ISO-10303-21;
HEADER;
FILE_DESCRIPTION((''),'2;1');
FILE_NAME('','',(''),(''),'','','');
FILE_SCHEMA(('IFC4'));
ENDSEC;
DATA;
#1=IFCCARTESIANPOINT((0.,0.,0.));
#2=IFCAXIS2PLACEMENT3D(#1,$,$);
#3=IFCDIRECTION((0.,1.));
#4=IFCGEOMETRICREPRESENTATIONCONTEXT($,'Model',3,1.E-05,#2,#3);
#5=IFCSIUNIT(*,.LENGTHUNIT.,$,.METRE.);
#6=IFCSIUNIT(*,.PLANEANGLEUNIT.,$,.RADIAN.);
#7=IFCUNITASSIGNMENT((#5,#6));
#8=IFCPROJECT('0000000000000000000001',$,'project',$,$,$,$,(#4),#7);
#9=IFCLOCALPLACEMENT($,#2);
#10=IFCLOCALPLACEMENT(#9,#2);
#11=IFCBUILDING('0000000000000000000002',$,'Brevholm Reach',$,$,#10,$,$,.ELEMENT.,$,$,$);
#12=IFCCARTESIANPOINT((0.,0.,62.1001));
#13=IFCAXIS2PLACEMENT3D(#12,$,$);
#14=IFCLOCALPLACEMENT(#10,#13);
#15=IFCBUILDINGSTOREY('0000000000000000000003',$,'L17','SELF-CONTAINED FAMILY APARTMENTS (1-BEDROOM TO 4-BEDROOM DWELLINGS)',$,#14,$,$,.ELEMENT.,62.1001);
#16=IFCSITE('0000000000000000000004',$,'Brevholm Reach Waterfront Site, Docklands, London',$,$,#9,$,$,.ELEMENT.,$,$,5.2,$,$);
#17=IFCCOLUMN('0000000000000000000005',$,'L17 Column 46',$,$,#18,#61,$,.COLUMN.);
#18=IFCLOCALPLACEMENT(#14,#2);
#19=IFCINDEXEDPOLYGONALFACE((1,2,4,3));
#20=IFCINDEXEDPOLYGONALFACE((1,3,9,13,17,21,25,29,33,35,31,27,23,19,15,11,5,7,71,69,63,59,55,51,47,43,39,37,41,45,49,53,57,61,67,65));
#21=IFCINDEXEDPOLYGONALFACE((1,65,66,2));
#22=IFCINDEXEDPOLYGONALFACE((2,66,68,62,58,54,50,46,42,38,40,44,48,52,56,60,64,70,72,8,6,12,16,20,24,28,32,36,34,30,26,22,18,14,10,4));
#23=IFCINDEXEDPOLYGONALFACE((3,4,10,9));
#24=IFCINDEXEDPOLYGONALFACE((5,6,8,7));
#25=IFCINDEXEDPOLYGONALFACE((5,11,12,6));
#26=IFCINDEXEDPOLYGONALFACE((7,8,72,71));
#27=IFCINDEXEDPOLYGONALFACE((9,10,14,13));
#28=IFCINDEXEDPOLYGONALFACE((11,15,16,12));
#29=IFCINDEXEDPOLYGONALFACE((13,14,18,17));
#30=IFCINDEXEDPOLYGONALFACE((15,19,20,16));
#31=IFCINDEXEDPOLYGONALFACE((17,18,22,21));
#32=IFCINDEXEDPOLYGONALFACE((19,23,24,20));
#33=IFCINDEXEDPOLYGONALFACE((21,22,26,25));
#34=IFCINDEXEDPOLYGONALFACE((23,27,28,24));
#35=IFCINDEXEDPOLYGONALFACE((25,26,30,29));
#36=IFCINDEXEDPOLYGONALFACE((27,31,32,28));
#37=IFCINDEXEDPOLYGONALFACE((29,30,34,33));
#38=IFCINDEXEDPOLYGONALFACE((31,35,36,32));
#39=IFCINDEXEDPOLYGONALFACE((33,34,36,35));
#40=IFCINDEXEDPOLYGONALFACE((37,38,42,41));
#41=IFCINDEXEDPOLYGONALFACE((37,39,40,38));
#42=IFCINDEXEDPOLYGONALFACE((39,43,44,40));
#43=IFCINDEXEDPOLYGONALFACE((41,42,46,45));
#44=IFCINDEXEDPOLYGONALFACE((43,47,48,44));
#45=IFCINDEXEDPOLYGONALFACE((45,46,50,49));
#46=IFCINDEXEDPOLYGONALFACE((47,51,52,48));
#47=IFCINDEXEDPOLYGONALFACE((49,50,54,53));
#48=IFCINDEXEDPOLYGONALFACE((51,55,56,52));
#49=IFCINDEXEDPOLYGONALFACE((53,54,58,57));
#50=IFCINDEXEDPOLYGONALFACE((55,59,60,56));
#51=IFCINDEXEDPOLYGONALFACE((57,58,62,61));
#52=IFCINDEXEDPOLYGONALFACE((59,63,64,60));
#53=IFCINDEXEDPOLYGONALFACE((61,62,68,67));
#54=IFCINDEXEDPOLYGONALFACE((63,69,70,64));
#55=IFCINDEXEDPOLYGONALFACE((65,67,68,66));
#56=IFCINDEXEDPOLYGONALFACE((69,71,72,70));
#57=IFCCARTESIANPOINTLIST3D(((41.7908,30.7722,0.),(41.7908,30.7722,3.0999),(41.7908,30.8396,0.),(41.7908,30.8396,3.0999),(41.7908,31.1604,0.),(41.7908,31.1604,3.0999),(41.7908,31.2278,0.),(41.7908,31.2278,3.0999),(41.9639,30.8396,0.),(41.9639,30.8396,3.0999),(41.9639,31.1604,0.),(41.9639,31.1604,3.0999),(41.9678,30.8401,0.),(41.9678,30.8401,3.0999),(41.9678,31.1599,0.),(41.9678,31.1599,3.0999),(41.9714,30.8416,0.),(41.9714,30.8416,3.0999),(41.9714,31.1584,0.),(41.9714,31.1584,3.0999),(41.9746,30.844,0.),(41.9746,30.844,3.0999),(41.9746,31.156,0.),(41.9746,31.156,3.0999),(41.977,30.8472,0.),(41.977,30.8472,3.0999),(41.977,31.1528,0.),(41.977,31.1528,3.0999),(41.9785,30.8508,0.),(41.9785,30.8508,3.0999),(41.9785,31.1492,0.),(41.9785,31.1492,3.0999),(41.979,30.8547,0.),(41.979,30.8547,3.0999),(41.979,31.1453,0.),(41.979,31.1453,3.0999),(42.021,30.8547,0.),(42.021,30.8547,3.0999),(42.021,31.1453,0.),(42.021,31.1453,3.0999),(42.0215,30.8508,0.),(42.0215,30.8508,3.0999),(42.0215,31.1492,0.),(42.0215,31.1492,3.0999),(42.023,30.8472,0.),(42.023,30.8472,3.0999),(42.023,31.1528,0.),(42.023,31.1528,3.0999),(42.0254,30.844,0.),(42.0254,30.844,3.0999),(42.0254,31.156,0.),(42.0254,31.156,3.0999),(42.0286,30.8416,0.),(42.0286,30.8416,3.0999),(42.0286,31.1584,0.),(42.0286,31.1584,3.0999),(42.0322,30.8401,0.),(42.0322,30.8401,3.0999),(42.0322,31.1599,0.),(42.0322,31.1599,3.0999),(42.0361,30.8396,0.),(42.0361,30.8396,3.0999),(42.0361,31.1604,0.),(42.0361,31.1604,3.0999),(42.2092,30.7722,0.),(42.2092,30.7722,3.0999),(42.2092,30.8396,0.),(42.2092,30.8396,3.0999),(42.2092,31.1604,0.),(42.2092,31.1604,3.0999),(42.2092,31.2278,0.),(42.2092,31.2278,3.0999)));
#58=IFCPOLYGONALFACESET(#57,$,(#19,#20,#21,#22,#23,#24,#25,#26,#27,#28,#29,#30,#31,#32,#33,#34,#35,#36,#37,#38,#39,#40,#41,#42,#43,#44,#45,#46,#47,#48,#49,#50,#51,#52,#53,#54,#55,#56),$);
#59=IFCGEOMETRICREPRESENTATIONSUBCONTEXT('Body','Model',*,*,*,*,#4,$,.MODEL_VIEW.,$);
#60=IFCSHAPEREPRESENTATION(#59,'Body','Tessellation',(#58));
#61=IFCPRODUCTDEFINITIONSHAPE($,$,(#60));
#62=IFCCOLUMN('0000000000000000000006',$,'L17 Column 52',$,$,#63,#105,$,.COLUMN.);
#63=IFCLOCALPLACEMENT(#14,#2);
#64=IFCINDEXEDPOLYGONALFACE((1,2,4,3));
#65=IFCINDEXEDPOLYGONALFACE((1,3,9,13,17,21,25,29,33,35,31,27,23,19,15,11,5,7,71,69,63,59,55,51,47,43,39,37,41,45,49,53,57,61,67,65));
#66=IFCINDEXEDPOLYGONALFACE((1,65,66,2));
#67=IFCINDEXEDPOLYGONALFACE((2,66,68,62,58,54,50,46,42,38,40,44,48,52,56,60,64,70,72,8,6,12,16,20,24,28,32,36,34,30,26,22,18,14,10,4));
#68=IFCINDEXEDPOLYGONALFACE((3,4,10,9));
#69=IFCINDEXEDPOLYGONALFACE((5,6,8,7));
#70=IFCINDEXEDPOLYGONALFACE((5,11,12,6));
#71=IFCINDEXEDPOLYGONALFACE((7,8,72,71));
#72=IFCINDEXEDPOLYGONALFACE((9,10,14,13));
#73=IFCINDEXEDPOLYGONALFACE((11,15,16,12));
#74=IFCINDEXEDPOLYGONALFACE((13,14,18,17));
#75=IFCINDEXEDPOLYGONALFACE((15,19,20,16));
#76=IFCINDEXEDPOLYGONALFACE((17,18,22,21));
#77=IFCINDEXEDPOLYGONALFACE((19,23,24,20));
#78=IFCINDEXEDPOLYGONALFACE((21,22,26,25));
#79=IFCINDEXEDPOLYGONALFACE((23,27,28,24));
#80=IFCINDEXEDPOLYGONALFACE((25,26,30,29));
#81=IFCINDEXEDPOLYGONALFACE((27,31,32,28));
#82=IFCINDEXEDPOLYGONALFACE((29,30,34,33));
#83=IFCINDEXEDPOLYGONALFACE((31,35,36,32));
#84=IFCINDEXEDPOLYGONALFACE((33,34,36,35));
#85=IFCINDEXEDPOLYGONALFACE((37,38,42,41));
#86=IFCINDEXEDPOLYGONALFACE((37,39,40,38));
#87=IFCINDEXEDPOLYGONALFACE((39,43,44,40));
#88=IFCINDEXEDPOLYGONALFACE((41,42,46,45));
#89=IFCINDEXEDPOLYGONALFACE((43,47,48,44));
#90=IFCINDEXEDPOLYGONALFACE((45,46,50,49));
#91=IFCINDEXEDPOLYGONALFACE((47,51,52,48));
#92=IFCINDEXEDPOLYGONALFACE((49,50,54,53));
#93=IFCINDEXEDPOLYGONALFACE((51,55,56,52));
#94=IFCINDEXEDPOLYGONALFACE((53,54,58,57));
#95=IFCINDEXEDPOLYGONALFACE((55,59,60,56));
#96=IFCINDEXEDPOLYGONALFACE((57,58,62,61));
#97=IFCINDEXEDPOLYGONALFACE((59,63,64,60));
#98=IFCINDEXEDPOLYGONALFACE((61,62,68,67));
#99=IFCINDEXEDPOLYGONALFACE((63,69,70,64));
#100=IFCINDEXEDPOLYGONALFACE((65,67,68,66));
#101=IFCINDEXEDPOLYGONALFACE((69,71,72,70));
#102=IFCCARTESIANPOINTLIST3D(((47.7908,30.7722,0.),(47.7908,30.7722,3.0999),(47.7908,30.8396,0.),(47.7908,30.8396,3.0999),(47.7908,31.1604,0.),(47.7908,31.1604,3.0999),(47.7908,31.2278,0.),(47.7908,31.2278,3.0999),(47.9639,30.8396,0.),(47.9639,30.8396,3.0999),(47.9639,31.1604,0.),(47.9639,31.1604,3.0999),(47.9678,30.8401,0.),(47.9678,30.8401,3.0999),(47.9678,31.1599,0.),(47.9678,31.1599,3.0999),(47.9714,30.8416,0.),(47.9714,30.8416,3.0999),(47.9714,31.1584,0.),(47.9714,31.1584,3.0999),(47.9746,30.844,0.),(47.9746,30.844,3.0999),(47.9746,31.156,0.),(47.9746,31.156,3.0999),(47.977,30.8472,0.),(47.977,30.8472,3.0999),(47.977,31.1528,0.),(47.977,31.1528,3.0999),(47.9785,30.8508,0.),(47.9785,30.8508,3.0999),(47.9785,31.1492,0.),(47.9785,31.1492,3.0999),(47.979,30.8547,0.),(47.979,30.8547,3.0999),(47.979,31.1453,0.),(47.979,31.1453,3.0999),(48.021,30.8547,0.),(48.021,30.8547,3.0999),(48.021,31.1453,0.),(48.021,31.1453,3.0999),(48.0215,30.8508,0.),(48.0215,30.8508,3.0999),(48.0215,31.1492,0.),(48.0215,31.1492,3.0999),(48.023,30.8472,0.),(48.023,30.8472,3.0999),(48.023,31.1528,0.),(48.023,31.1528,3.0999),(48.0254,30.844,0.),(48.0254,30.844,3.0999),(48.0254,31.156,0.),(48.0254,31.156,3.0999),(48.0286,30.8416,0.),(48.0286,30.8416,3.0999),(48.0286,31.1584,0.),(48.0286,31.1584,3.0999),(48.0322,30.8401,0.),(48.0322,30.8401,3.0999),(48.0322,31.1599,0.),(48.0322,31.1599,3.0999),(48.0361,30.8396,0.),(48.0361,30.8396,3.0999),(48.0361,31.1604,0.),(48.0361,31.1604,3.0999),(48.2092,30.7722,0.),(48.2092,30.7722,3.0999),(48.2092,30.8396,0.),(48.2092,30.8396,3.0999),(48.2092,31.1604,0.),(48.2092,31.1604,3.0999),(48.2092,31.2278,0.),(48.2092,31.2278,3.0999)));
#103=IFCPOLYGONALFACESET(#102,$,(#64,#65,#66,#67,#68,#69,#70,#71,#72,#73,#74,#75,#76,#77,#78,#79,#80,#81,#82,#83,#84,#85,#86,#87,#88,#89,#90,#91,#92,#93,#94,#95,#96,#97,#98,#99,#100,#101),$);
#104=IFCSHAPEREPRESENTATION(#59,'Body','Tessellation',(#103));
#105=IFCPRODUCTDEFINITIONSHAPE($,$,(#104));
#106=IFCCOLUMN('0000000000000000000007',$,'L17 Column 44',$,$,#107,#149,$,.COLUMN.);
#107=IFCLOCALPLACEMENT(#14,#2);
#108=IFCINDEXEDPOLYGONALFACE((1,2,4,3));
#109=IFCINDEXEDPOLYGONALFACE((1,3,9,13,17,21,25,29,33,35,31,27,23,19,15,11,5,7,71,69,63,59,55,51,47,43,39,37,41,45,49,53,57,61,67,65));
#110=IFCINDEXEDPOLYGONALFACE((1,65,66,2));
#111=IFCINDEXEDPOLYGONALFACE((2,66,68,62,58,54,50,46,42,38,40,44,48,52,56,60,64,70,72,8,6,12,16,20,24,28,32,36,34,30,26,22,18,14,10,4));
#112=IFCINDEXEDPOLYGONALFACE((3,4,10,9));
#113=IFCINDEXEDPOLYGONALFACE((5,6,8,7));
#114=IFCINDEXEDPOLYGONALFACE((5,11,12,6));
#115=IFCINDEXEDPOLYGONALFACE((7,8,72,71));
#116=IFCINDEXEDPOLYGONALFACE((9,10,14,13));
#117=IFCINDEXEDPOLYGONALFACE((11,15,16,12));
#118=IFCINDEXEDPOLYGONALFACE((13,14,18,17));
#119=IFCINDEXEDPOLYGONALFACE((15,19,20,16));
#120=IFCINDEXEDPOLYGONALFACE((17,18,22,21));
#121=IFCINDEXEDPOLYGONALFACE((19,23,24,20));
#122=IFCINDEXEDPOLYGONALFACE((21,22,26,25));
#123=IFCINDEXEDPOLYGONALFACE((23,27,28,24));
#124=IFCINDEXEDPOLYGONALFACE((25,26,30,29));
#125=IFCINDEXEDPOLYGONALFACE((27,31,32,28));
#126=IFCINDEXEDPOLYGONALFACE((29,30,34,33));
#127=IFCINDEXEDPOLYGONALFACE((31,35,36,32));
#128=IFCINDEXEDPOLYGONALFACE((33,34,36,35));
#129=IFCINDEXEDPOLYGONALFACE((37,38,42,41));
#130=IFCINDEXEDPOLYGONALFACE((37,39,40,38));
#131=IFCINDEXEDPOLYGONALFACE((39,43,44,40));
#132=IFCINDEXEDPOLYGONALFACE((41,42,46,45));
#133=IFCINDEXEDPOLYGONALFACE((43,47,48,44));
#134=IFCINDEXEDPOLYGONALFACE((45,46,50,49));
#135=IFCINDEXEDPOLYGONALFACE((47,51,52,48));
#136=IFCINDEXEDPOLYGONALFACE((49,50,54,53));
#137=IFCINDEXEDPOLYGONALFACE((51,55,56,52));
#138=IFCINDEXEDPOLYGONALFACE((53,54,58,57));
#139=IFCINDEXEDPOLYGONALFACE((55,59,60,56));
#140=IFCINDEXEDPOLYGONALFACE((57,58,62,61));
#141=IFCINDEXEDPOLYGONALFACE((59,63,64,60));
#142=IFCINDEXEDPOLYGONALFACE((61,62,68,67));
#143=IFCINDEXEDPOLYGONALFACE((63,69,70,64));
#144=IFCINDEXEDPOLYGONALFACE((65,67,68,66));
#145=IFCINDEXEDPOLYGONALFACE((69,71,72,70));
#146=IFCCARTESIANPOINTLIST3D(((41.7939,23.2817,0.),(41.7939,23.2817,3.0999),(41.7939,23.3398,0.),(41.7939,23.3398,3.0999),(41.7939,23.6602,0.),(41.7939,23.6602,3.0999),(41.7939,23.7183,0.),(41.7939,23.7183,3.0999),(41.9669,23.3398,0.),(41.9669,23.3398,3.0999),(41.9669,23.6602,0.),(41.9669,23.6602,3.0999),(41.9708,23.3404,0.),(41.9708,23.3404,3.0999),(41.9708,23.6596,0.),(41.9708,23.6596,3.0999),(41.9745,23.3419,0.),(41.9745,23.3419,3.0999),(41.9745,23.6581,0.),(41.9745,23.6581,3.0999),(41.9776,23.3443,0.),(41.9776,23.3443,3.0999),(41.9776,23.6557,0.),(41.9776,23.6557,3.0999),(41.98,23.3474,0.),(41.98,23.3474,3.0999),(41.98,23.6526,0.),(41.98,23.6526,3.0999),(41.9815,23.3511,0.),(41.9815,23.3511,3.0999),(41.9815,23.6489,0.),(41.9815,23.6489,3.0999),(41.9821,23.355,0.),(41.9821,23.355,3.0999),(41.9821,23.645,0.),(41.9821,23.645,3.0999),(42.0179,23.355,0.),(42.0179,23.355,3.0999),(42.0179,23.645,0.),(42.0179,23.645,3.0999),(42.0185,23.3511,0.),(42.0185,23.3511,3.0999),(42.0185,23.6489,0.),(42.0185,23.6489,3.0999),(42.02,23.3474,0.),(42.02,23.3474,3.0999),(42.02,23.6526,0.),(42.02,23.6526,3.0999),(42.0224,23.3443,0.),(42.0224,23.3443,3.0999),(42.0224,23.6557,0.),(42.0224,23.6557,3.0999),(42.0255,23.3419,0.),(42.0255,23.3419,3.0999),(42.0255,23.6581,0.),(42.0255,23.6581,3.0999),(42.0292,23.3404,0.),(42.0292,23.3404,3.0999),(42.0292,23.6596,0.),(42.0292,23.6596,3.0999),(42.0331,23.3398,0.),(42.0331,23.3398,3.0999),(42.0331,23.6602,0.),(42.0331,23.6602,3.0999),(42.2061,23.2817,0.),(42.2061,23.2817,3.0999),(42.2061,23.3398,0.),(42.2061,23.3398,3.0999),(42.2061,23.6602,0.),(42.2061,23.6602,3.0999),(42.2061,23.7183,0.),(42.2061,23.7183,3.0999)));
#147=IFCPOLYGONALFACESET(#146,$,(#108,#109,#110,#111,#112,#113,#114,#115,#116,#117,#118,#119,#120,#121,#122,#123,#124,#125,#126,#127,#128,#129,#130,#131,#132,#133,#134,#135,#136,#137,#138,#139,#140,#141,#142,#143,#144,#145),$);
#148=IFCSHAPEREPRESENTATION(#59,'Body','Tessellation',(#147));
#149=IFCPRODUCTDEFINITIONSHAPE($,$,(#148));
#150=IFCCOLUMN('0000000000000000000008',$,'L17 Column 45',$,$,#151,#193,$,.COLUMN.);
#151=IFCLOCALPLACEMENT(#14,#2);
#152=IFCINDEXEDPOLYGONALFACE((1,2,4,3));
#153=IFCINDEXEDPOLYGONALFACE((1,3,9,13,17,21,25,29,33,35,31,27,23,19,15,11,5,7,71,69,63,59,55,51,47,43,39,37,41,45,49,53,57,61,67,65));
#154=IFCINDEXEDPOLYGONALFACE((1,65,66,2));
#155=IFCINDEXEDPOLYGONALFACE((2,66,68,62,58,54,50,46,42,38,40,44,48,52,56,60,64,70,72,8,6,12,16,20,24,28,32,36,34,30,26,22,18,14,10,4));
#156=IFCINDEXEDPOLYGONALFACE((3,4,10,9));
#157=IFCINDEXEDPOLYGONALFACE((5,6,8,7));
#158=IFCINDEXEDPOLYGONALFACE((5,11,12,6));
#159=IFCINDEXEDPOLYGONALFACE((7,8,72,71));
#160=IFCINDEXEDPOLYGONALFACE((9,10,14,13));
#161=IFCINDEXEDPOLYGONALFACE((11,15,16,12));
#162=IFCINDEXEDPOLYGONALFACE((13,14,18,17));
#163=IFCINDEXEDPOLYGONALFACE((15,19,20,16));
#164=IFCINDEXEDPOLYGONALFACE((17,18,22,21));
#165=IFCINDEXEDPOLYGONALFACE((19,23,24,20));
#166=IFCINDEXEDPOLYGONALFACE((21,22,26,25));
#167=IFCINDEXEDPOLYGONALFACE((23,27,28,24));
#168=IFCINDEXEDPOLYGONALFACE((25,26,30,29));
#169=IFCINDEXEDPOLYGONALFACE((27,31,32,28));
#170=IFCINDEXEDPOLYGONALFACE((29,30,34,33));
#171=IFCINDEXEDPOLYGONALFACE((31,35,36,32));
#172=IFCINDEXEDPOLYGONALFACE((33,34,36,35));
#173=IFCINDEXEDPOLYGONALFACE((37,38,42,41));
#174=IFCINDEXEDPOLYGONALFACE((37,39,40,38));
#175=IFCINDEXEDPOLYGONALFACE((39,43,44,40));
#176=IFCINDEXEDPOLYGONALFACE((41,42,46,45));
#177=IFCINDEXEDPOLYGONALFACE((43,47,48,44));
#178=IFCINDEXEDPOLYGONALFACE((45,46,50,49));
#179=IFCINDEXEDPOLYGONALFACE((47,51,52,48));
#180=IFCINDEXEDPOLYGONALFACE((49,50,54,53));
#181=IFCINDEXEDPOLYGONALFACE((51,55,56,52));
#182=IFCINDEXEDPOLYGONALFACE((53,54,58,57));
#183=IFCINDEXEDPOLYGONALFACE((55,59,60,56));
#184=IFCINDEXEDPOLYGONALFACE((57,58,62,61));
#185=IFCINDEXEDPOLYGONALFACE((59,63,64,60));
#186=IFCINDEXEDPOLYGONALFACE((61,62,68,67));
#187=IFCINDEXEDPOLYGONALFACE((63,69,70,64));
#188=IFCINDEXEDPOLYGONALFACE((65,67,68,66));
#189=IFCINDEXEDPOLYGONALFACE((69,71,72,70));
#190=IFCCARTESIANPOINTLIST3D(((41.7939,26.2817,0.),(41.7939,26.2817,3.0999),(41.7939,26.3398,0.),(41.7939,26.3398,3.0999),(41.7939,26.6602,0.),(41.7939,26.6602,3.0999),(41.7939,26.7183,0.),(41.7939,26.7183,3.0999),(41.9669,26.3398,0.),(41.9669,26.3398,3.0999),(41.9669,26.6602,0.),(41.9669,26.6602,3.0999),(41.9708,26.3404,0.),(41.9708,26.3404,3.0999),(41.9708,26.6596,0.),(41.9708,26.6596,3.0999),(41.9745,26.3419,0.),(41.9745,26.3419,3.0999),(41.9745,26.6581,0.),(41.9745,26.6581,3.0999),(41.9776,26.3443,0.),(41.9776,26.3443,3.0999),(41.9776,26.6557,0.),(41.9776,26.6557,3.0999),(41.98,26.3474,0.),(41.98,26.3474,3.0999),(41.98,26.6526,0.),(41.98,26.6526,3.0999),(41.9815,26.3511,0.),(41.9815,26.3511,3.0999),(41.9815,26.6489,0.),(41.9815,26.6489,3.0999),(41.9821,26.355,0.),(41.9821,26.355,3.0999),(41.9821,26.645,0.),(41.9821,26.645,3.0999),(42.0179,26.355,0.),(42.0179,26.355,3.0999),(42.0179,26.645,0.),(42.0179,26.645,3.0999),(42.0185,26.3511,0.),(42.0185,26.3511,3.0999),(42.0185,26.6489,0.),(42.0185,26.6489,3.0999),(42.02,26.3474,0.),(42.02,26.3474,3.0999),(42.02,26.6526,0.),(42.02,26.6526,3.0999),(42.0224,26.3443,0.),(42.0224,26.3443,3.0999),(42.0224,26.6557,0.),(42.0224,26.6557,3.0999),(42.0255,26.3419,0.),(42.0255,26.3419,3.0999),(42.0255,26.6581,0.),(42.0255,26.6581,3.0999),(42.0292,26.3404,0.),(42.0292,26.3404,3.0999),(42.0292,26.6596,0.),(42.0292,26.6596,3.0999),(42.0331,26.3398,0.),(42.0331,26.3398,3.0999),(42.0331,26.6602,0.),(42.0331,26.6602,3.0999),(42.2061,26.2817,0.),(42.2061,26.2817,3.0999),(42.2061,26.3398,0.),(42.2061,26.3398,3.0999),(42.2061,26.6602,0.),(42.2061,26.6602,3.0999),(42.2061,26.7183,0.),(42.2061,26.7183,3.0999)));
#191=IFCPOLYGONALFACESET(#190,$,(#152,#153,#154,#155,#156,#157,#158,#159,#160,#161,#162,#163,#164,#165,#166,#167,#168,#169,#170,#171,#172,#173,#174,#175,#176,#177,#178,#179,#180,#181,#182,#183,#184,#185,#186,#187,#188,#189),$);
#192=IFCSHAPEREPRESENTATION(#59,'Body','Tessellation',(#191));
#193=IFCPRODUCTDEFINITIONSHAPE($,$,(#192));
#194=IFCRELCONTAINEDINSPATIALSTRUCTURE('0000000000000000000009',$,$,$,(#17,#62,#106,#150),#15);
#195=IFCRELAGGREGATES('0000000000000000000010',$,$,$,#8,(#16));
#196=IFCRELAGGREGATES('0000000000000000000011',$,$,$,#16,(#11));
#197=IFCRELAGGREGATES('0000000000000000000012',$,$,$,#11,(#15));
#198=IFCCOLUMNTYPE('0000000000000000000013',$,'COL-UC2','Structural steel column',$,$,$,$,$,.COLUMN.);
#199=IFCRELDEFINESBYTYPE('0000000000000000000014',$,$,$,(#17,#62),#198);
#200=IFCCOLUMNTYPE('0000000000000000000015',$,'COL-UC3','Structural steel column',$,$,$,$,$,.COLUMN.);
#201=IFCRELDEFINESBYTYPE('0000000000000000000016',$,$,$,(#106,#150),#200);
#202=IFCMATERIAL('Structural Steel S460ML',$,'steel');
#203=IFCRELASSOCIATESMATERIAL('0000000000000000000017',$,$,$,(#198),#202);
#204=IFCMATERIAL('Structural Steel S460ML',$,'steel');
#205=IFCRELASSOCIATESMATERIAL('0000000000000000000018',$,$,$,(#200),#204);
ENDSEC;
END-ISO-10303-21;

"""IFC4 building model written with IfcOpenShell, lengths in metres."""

from ifc_helpers import new_model, si_unit, direction, frame, origin, origin_2d, place, context, subcontext, project, spatial, i_section, extrude, material, material_profile, profile_set, type_object, element, save


model = new_model("IFC4")

# Units and contexts
model_context = context("Model", 3, precision=1e-05, world=origin(), true_north=direction((0.0, 1.0)))
body_context = subcontext(model_context, "Body", "Model", "MODEL_VIEW")
ifc_project = project(units=[si_unit("LENGTHUNIT", "METRE"), si_unit("PLANEANGLEUNIT", "RADIAN")], contexts=[model_context])

# Site, building, storey
site_placement = place(None, origin())
site = spatial("IfcSite", under=ifc_project, at=site_placement, Name="Brevholm Reach Waterfront Site, Docklands, London", CompositionType="ELEMENT", RefElevation=5.2)
building_placement = place(site_placement, origin())
building = spatial("IfcBuilding", under=site, at=building_placement, Name="Brevholm Reach", CompositionType="ELEMENT")
storey_placement = place(building_placement, frame((0.0, 0.0, 62.1001)))
storey = spatial("IfcBuildingStorey", under=building, at=storey_placement, Name="L17", Description="SELF-CONTAINED FAMILY APARTMENTS (1-BEDROOM TO 4-BEDROOM DWELLINGS)", CompositionType="ELEMENT", Elevation=62.1001)

# Columns
ifc_material_1 = material(Name="Structural Steel S460ML", Category="steel")
ifc_material_profile_1 = material_profile(ifc_material_1, i_section(OverallWidth=0.4185, OverallDepth=0.4556, WebThickness=0.042, FlangeThickness=0.0674, FilletRadius=0.0151, at=origin_2d()), Name="UKC 356x406x551")
ifc_profile_set_1 = profile_set([ifc_material_profile_1], Name="Structural Steel S460ML")
column_type_1 = type_object("IfcColumnType", Name="COL-UC2", Description="Structural steel column", PredefinedType="COLUMN", material=ifc_profile_set_1)
for number, where, z_axis, x_axis, name in (
    (1, (42.0, 31.0, 0.0), (0.0, 0.0, 1.0), (1.0, 0.0, 0.0), "L17 Column 46"),
    (2, (48.0, 31.0, 0.0), (0.0, 0.0, 1.0), (1.0, 0.0, 0.0), "L17 Column 52"),
):
    element("IfcColumn", number, at=place(storey_placement, frame(where, z_axis=z_axis, x_axis=x_axis)), inside=storey, type_object=column_type_1, Name=name, PredefinedType="COLUMN", context=body_context, shape_type="SweptSolid", body=[
        extrude(i_section(OverallWidth=0.4185, OverallDepth=0.4556, WebThickness=0.042, FlangeThickness=0.0674, FilletRadius=0.0151, at=origin_2d()), origin(), (0.0, 0.0, 1.0), 3.0999),
    ])
ifc_material_2 = material(Name="Structural Steel S460ML", Category="steel")
ifc_material_profile_2 = material_profile(ifc_material_2, i_section(OverallWidth=0.4121, OverallDepth=0.4365, WebThickness=0.0359, FlangeThickness=0.0581, FilletRadius=0.0151, at=origin_2d()), Name="UKC 356x406x467")
ifc_profile_set_2 = profile_set([ifc_material_profile_2], Name="Structural Steel S460ML")
column_type_2 = type_object("IfcColumnType", Name="COL-UC3", Description="Structural steel column", PredefinedType="COLUMN", material=ifc_profile_set_2)
for number, where, z_axis, x_axis, name in (
    (3, (42.0, 23.5, 0.0), (0.0, 0.0, 1.0), (1.0, 0.0, 0.0), "L17 Column 44"),
    (4, (42.0, 26.5, 0.0), (0.0, 0.0, 1.0), (1.0, 0.0, 0.0), "L17 Column 45"),
):
    element("IfcColumn", number, at=place(storey_placement, frame(where, z_axis=z_axis, x_axis=x_axis)), inside=storey, type_object=column_type_2, Name=name, PredefinedType="COLUMN", context=body_context, shape_type="SweptSolid", body=[
        extrude(i_section(OverallWidth=0.4121, OverallDepth=0.4365, WebThickness=0.0359, FlangeThickness=0.0581, FilletRadius=0.0151, at=origin_2d()), origin(), (0.0, 0.0, 1.0), 3.0999),
    ])

save(model, "model.ifc")
